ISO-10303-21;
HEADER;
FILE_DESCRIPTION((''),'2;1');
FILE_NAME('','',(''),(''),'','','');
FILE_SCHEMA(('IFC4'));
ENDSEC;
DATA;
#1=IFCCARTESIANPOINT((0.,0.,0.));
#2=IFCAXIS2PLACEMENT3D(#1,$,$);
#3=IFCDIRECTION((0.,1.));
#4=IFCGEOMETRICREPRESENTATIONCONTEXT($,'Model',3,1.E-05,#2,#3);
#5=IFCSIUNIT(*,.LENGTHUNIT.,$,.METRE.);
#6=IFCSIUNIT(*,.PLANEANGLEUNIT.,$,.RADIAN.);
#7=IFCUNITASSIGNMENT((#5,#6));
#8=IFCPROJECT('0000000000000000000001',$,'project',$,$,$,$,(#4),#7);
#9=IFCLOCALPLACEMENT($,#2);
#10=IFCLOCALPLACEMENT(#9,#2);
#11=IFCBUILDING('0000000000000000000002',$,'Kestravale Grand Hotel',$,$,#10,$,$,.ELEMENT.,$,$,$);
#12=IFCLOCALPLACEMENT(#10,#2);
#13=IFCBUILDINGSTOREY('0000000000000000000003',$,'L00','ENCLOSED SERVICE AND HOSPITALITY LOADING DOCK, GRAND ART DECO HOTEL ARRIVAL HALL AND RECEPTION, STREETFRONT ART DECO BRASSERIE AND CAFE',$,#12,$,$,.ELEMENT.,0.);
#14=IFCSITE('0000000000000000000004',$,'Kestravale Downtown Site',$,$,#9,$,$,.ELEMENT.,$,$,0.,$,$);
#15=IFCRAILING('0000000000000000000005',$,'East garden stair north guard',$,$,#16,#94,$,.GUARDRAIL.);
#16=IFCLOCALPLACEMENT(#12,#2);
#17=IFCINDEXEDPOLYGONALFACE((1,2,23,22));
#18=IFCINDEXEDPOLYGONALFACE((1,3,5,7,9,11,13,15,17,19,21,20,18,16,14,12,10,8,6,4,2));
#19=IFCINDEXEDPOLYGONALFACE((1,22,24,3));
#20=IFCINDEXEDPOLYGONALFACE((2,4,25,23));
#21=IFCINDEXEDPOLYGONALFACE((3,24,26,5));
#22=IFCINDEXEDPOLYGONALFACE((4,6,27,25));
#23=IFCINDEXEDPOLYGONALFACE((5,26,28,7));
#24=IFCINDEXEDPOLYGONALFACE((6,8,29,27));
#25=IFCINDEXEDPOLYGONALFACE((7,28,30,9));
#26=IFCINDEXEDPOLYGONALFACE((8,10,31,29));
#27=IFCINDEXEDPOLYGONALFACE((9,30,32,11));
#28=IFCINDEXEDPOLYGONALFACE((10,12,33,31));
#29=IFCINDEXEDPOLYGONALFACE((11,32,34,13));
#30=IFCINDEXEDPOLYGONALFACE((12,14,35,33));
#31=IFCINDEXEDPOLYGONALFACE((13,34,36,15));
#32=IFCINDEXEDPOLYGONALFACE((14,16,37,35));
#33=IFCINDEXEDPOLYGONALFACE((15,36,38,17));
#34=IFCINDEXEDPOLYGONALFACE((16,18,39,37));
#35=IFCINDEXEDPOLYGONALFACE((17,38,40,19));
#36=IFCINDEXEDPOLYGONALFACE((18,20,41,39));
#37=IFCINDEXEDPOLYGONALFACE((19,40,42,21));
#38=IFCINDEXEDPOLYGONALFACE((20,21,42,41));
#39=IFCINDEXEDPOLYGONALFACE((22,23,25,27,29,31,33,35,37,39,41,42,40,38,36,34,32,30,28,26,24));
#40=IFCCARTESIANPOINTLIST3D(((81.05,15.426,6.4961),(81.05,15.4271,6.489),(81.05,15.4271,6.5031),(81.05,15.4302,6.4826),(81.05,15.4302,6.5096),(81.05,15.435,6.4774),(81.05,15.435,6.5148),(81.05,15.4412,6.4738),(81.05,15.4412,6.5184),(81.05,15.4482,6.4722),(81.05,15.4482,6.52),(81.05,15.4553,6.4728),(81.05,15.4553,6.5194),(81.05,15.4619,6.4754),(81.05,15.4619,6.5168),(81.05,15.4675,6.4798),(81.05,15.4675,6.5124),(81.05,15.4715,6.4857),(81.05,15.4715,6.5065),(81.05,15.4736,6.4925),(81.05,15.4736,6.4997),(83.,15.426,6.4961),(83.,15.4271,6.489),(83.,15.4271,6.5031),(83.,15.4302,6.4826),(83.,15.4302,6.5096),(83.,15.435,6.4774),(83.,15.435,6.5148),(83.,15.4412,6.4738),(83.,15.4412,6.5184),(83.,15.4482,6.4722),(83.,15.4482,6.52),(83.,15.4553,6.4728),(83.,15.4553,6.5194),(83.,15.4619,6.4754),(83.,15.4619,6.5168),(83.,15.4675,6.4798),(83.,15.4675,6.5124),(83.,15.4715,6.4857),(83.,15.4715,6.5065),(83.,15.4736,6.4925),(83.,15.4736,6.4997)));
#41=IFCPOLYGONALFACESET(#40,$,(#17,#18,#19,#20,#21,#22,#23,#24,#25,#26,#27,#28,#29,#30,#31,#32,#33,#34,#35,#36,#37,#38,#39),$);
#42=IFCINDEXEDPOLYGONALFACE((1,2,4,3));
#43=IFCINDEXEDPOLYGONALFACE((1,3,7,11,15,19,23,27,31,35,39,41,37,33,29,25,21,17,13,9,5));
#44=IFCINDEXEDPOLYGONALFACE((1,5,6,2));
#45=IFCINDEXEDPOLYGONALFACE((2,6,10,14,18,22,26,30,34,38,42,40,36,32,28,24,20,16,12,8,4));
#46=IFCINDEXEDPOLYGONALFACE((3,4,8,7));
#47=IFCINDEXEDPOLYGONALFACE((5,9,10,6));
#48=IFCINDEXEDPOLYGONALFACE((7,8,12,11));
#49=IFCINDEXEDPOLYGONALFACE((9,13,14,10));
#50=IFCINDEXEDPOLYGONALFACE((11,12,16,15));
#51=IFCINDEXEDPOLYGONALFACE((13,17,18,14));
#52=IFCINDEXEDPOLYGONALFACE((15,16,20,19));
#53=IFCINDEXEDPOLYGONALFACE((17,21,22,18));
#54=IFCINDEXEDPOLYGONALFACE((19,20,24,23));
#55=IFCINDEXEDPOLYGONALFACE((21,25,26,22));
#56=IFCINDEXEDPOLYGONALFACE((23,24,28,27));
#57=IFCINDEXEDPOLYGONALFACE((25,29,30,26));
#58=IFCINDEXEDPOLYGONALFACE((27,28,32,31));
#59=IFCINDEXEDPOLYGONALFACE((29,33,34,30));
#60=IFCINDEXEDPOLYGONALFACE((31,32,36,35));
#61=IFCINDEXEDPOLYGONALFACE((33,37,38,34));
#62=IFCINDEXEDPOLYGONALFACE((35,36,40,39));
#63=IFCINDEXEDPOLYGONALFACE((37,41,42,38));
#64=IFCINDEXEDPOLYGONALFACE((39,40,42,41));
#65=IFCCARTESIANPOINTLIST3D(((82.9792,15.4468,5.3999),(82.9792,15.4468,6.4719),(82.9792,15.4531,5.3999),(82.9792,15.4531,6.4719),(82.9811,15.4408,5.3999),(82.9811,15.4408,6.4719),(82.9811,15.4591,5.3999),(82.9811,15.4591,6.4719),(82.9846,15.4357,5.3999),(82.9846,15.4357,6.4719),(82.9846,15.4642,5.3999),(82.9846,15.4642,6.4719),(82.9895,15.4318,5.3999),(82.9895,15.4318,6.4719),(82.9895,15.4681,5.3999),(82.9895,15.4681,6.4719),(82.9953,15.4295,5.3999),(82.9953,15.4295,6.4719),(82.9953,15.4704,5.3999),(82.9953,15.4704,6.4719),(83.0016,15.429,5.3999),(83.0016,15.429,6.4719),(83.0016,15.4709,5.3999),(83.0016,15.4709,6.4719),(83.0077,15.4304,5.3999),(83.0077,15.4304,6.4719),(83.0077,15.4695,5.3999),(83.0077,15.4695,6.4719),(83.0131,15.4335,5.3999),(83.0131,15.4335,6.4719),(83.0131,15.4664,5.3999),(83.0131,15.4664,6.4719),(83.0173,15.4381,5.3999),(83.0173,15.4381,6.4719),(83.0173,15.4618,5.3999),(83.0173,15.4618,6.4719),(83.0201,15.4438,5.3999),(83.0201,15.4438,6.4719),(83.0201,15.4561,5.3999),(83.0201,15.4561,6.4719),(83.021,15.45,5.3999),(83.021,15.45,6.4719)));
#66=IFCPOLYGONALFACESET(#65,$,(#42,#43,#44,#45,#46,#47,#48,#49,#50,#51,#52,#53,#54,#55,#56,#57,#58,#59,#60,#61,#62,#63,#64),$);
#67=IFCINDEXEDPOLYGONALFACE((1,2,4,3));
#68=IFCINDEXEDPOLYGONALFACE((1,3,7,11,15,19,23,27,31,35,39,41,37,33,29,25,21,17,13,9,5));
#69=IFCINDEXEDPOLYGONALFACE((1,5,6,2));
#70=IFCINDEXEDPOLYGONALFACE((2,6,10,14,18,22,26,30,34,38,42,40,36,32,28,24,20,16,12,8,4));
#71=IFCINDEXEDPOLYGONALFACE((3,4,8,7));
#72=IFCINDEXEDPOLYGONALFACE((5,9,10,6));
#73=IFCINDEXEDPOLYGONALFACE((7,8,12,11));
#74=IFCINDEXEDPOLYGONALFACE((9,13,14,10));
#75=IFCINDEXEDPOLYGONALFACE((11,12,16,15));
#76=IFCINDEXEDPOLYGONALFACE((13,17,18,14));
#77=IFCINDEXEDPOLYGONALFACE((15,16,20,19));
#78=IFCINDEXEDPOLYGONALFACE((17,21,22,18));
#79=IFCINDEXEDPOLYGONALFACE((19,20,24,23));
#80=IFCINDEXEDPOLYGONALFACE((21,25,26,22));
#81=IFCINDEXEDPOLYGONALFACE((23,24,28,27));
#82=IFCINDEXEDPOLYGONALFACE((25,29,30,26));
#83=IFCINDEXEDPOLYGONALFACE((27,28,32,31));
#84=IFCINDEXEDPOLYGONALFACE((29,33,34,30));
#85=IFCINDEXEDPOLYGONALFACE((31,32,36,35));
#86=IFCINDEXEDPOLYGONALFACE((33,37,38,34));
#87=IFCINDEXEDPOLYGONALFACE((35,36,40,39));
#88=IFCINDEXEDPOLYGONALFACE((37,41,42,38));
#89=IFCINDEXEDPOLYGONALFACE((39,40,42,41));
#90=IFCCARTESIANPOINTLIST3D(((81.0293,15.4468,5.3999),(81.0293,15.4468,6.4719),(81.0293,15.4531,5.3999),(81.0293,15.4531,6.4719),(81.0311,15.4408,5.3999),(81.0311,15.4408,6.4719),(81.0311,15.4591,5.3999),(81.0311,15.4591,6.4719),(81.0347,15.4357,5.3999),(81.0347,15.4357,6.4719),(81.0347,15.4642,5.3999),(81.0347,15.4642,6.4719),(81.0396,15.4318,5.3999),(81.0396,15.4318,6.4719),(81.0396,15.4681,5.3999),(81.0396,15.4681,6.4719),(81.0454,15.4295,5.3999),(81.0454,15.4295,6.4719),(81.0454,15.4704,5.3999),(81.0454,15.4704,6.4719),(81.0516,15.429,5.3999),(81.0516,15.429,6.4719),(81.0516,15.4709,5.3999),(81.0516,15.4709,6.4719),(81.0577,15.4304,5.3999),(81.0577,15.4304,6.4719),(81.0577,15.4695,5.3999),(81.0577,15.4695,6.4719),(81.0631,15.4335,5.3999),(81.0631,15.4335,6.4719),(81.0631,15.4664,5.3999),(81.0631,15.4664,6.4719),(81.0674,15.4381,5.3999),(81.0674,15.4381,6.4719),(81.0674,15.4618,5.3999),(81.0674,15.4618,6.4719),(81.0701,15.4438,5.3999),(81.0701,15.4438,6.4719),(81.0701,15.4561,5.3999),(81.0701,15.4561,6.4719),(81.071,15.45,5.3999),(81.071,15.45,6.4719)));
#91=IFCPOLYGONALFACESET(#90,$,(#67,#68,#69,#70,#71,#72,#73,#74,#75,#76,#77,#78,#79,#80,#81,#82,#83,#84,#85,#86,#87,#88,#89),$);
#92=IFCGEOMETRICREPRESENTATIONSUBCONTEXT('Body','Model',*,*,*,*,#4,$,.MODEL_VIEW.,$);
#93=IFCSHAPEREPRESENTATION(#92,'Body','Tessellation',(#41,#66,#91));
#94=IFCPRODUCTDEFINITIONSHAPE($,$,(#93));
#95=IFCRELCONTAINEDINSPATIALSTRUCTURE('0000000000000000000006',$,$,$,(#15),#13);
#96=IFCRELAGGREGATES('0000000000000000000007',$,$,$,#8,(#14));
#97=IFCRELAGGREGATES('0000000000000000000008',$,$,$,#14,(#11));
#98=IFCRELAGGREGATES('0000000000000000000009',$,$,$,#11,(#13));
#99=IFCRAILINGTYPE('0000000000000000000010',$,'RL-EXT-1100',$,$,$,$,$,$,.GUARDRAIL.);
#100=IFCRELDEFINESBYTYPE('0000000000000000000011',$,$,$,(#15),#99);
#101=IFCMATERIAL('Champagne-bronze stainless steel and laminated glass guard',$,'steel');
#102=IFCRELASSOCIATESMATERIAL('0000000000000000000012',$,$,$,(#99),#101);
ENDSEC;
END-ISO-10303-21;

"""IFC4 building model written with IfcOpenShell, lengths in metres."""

from ifc_helpers import new_model, si_unit, direction, frame, origin, origin_2d, place, context, subcontext, project, spatial, circle, extrude, material, type_object, element, save


model = new_model("IFC4")

# Units and contexts
model_context = context("Model", 3, precision=1e-05, world=origin(), true_north=direction((0.0, 1.0)))
body_context = subcontext(model_context, "Body", "Model", "MODEL_VIEW")
ifc_project = project(units=[si_unit("LENGTHUNIT", "METRE"), si_unit("PLANEANGLEUNIT", "RADIAN")], contexts=[model_context])

# Site, building, storey
site_placement = place(None, origin())
site = spatial("IfcSite", under=ifc_project, at=site_placement, Name="Kestravale Downtown Site", CompositionType="ELEMENT", RefElevation=0.0)
building_placement = place(site_placement, origin())
building = spatial("IfcBuilding", under=site, at=building_placement, Name="Kestravale Grand Hotel", CompositionType="ELEMENT")
storey_placement = place(building_placement, origin())
storey = spatial("IfcBuildingStorey", under=building, at=storey_placement, Name="L00", Description="ENCLOSED SERVICE AND HOSPITALITY LOADING DOCK, GRAND ART DECO HOTEL ARRIVAL HALL AND RECEPTION, STREETFRONT ART DECO BRASSERIE AND CAFE", CompositionType="ELEMENT", Elevation=0.0)

# Railing
ifc_material_1 = material(Name="Champagne-bronze stainless steel and laminated glass guard", Category="steel")
railing_type = type_object("IfcRailingType", Name="RL-EXT-1100", PredefinedType="GUARDRAIL", material=ifc_material_1)
railing_1_placement = place(storey_placement, frame((83.0, 15.45, 5.3999)))
element("IfcRailing", 1, at=railing_1_placement, inside=storey, type_object=railing_type, Name="East garden stair north guard", PredefinedType="GUARDRAIL", context=body_context, shape_type="SweptSolid", body=[
    extrude(circle(Radius=0.0239, at=origin_2d()), frame((0.0, 0.0, 1.0962), z_axis=(-1.0, 0.0, 0.0), x_axis=(0.0, -1.0, 0.0)), (0.0, 0.0, 1.0), 1.95),
    extrude(circle(Radius=0.021, at=origin_2d()), origin(), (0.0, 0.0, 1.0), 1.072),
    extrude(circle(Radius=0.021, at=origin_2d()), frame((-1.95, 0.0, 0.0)), (0.0, 0.0, 1.0), 1.072),
])

save(model, "model.ifc")
